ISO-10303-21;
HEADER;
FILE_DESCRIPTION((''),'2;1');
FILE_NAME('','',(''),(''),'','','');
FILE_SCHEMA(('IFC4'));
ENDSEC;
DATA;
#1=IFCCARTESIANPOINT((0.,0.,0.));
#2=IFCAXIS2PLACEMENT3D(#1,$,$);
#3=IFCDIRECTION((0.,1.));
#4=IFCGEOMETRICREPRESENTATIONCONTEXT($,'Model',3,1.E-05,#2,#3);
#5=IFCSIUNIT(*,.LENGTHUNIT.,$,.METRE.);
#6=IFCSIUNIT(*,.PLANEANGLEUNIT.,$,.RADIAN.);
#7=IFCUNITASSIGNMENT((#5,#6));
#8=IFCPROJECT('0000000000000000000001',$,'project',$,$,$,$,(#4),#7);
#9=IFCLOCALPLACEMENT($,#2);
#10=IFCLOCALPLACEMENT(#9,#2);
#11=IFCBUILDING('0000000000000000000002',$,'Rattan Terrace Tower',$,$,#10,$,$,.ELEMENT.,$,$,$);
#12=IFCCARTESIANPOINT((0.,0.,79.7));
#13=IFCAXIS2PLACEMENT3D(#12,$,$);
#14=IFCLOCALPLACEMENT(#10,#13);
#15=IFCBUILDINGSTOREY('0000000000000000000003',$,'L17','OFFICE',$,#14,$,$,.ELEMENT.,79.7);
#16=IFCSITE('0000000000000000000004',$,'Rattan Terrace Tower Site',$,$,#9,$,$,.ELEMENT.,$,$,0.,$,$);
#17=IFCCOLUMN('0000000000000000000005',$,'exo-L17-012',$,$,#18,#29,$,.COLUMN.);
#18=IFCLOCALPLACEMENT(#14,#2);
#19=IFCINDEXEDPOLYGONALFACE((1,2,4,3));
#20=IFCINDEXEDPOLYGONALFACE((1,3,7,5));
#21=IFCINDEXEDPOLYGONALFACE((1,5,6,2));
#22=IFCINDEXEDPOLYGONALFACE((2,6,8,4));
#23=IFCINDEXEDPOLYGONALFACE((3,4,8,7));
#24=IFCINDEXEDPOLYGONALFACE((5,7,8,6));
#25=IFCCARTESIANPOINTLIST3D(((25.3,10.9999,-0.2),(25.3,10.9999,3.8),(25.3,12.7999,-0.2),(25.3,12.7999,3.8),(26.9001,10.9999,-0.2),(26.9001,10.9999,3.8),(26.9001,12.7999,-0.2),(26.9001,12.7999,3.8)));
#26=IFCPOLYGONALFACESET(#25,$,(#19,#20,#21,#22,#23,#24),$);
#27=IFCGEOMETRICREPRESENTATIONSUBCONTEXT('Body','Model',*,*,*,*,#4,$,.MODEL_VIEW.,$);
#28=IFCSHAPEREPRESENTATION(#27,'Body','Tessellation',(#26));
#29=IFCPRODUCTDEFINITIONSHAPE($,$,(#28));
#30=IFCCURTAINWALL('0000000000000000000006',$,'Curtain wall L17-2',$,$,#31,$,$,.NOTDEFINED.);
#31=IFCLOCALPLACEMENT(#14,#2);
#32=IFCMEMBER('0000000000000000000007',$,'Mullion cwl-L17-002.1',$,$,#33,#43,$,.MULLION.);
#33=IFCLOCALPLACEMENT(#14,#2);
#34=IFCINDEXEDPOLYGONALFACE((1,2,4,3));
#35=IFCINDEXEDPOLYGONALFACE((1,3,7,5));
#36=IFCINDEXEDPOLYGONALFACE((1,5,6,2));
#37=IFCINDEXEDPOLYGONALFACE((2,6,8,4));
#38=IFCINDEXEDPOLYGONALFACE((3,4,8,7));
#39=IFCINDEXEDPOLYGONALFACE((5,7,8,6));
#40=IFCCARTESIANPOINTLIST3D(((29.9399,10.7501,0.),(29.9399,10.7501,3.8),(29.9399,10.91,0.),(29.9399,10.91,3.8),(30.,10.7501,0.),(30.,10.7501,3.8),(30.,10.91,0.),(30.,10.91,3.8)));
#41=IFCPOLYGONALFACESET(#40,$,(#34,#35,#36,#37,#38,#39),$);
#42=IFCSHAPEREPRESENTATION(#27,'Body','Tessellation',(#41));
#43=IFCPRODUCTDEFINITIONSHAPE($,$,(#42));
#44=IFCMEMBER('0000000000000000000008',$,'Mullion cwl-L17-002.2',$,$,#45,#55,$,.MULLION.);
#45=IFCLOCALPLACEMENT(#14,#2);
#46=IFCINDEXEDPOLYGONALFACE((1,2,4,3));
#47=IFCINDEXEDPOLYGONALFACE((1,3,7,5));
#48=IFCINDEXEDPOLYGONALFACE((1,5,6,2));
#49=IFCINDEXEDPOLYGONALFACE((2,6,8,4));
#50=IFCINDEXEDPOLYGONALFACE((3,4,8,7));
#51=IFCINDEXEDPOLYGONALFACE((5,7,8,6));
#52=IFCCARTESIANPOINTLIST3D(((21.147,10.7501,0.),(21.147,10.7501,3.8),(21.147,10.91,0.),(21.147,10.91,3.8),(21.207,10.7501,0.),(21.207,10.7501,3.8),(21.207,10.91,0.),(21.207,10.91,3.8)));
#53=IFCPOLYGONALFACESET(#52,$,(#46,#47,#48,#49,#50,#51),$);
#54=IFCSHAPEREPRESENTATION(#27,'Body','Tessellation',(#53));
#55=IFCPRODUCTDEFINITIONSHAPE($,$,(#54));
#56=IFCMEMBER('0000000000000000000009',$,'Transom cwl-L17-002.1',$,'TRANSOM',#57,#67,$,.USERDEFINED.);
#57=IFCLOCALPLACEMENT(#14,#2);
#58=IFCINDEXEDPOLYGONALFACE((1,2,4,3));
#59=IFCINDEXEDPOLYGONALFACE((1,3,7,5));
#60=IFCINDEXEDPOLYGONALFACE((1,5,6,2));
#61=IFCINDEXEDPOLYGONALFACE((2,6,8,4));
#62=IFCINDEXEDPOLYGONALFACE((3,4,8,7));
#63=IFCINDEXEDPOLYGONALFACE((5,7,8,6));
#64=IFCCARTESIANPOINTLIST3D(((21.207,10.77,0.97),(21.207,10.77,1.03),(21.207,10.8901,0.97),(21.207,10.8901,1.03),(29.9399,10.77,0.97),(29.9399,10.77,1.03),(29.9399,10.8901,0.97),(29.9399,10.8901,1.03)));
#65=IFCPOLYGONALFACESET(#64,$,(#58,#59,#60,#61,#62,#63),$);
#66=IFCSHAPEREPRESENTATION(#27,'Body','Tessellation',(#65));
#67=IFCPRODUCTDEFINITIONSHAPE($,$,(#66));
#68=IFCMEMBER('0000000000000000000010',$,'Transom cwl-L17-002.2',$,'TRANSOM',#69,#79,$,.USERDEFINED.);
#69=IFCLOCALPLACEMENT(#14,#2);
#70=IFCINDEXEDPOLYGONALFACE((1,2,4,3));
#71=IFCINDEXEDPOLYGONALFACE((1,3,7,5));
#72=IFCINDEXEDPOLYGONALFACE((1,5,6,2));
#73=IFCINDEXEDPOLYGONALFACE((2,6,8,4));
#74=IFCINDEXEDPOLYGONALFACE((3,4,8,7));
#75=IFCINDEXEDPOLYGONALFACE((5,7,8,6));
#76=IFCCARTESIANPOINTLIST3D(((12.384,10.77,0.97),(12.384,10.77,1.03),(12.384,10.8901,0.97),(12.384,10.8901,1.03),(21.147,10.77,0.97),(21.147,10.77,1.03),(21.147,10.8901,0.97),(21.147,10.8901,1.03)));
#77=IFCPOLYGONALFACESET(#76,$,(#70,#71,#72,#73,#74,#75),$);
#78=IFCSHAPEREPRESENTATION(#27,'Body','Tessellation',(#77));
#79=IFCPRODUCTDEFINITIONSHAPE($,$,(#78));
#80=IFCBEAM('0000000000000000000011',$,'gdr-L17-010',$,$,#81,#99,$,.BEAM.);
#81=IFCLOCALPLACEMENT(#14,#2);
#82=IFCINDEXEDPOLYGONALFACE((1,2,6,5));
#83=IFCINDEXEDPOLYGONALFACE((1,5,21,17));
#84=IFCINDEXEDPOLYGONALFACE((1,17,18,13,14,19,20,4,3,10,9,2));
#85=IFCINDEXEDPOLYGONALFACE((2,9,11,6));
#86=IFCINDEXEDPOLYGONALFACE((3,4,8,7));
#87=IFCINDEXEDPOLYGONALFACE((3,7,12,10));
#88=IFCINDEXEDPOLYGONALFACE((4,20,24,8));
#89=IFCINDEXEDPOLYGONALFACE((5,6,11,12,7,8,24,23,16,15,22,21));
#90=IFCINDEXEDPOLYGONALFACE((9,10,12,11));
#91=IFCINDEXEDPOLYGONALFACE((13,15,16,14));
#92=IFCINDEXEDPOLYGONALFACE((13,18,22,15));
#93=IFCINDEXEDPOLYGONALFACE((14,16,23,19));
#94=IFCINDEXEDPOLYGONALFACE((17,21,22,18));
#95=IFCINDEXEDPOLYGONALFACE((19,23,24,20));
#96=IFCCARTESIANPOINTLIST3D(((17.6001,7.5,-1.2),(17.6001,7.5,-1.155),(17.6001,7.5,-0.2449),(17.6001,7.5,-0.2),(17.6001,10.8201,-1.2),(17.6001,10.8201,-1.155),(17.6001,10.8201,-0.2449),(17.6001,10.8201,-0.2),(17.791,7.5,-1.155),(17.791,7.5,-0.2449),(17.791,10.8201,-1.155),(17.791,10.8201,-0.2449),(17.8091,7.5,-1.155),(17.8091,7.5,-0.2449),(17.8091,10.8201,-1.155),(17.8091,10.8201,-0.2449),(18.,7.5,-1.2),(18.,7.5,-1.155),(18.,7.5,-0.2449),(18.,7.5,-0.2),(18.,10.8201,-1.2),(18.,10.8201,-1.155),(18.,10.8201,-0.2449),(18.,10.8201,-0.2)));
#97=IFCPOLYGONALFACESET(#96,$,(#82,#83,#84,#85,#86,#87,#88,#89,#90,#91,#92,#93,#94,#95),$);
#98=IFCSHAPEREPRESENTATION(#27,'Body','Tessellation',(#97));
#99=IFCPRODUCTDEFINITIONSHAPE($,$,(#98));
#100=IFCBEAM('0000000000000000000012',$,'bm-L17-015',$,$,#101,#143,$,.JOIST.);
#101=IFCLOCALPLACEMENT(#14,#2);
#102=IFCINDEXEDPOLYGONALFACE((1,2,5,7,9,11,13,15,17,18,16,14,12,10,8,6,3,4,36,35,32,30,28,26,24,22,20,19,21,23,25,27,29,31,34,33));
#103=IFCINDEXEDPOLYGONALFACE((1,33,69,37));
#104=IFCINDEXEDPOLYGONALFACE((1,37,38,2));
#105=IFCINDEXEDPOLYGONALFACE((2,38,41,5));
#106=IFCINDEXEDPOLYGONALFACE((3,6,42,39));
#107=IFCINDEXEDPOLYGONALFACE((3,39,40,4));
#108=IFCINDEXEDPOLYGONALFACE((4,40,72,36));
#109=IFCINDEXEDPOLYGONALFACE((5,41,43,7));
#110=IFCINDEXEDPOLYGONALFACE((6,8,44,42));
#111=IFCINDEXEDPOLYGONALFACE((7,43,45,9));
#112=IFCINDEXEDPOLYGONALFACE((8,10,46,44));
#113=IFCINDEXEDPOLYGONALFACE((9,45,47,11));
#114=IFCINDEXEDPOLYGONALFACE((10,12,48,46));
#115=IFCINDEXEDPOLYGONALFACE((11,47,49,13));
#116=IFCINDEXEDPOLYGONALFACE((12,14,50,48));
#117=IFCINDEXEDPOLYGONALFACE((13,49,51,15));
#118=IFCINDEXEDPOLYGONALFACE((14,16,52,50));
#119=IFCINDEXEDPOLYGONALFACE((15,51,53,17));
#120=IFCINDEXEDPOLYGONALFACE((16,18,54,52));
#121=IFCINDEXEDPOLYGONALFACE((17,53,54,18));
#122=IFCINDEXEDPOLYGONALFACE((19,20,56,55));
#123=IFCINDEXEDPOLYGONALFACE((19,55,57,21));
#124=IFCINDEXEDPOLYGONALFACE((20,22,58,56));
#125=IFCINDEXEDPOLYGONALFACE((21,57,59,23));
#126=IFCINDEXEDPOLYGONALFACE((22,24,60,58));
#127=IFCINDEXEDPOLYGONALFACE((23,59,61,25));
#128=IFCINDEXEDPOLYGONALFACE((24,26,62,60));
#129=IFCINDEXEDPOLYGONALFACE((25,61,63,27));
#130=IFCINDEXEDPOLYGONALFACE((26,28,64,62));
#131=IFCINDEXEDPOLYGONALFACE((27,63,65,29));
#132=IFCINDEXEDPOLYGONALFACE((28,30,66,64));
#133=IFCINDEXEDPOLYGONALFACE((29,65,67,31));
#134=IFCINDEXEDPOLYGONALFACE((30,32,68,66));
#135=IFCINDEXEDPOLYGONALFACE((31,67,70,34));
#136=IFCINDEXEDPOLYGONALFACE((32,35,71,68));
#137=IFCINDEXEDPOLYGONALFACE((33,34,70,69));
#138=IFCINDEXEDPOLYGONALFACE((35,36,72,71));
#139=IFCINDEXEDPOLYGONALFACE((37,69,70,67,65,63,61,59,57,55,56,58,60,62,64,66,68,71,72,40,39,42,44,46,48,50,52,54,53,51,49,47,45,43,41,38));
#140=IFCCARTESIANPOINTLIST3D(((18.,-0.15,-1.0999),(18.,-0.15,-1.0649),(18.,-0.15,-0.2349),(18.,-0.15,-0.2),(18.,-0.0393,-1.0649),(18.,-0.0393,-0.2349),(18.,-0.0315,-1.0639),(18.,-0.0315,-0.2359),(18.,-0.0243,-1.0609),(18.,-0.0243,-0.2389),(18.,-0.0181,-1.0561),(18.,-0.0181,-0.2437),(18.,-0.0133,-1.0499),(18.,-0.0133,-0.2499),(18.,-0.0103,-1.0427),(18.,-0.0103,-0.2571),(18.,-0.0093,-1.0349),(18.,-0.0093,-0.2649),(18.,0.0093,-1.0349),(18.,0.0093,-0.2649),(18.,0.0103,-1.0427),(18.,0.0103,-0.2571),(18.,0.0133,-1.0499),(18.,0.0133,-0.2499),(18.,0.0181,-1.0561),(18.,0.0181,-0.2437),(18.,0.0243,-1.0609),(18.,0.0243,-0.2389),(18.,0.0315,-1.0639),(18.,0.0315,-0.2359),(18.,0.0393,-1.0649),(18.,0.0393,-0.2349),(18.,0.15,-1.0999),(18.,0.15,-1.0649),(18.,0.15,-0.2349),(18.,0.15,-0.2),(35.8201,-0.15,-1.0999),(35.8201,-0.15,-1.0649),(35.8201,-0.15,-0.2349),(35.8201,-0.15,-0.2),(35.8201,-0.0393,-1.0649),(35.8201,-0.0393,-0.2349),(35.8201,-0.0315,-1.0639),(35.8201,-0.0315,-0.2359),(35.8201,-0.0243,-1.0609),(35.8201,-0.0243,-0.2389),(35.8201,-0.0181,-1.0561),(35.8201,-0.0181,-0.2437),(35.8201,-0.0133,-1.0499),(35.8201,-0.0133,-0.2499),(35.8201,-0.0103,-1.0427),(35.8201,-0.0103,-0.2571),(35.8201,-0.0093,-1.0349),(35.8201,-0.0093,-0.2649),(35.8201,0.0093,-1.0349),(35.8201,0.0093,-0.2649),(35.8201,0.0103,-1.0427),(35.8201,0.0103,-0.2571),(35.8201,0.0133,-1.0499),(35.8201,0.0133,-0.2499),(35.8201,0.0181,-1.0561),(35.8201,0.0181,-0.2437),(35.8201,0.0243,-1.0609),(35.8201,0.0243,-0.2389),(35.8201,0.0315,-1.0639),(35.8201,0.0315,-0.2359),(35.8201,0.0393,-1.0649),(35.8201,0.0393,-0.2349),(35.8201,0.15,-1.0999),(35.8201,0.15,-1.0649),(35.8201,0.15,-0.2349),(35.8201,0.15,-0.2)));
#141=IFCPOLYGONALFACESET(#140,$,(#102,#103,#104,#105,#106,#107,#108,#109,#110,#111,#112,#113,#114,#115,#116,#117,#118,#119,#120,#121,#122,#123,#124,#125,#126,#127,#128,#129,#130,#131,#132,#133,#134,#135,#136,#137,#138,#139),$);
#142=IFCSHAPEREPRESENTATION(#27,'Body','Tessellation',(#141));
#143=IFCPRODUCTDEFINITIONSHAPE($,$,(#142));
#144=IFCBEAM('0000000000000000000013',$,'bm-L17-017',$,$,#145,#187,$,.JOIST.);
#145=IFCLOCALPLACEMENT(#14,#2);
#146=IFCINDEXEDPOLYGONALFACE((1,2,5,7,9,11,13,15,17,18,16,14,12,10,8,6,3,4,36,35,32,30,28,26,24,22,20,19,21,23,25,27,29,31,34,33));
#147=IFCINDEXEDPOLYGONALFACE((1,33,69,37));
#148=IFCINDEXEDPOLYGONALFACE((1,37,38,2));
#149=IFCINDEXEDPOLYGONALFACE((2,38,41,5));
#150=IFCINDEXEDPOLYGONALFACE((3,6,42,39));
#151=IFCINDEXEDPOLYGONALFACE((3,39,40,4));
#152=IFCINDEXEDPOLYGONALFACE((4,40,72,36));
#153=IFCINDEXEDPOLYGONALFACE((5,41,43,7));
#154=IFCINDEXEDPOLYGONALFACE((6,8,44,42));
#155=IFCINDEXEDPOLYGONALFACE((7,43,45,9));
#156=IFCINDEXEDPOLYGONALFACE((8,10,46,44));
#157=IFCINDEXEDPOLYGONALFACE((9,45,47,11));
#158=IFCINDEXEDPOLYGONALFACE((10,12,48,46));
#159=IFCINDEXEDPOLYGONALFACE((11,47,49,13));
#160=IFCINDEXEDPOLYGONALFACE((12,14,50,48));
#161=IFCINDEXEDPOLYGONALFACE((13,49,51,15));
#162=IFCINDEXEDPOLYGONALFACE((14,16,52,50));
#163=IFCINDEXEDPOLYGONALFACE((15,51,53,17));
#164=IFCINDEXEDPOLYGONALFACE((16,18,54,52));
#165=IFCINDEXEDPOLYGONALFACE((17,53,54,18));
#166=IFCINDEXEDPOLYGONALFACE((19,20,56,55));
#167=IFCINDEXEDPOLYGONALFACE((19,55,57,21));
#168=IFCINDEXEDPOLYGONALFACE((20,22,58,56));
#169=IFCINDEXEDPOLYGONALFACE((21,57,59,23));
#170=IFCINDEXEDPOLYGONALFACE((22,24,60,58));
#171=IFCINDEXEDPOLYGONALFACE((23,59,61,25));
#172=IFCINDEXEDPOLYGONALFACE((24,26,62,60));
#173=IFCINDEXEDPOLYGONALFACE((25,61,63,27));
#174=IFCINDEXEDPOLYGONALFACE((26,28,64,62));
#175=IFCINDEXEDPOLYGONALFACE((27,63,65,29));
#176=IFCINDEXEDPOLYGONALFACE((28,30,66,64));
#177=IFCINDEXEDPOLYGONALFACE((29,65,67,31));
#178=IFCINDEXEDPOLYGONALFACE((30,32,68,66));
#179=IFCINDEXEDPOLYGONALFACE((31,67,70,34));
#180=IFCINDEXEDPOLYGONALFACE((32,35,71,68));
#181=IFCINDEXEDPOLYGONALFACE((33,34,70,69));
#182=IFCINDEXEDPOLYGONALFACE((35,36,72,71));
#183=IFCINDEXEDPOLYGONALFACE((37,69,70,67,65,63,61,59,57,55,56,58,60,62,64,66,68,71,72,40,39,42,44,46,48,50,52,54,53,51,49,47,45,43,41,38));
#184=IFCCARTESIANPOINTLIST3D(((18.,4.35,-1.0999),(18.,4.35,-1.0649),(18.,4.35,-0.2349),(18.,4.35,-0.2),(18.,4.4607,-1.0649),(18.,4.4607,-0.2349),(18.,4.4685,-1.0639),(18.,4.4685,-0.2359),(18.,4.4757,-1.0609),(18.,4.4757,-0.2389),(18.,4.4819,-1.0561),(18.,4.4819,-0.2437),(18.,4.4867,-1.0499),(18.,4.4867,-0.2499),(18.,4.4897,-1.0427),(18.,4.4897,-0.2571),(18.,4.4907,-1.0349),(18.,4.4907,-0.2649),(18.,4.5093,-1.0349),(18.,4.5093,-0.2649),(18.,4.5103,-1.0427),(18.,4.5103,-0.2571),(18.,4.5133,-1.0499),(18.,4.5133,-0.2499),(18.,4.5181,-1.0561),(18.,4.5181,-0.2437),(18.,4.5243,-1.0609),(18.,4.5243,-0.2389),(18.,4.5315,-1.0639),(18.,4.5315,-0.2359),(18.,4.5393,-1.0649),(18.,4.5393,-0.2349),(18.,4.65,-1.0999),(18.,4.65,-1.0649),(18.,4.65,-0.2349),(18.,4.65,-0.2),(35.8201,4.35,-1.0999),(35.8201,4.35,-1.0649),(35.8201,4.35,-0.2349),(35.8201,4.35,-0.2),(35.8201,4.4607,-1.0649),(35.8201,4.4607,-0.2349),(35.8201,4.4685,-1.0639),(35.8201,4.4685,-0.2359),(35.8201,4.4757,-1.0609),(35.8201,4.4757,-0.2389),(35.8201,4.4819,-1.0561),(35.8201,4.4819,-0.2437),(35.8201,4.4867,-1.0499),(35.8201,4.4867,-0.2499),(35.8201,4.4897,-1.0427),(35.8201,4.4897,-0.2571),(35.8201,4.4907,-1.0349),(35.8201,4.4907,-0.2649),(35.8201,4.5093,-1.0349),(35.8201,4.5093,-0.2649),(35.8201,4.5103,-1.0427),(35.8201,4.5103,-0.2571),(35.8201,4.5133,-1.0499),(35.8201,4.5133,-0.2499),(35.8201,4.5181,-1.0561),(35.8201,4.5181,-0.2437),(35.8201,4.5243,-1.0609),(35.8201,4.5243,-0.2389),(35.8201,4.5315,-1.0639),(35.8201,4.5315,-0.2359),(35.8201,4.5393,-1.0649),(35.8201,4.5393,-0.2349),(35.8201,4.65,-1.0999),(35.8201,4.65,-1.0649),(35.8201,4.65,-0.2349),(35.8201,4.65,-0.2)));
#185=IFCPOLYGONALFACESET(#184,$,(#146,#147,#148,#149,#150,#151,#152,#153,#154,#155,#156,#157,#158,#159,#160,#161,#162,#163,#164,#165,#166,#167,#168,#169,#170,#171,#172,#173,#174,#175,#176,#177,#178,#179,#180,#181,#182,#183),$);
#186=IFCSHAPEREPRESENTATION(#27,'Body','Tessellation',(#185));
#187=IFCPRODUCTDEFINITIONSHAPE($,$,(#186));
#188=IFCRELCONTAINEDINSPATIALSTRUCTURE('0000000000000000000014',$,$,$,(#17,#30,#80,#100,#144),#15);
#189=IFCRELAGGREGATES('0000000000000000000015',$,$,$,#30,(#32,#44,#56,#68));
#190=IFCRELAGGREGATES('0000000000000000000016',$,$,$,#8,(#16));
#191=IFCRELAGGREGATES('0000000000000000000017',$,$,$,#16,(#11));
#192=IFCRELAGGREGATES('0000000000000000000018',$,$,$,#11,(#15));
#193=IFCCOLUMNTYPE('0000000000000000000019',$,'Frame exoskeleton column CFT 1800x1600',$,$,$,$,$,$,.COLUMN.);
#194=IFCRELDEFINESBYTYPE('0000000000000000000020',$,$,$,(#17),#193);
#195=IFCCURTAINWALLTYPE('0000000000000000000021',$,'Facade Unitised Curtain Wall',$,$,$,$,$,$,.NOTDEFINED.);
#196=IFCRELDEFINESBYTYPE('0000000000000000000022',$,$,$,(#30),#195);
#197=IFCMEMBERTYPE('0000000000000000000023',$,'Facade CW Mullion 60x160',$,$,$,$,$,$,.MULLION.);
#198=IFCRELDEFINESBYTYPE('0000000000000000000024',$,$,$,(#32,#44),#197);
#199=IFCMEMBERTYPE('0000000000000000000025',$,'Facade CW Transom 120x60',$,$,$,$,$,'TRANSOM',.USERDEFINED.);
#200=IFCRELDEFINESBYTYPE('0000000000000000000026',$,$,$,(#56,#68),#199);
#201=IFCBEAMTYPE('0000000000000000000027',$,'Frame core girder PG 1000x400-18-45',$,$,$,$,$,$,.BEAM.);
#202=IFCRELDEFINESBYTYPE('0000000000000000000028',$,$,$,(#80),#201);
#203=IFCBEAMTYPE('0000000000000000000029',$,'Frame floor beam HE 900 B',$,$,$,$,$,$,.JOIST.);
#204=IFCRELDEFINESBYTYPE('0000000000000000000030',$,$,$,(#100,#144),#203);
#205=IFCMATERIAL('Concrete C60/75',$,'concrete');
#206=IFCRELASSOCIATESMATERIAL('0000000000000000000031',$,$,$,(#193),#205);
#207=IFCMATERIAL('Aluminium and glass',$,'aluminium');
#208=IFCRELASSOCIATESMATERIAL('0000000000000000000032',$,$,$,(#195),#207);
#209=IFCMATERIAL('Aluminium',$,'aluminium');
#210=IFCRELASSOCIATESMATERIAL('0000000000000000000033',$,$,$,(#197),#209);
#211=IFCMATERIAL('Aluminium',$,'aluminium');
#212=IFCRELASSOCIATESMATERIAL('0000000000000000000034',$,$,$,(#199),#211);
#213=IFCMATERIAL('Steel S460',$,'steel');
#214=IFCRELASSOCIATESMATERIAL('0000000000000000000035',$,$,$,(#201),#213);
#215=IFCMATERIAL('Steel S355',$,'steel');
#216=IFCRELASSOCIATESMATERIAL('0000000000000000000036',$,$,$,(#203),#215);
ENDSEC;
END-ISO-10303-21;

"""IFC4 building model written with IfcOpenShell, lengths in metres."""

from ifc_helpers import new_model, si_unit, direction, frame, origin, origin_2d, place, context, subcontext, project, spatial, rectangle, i_section, extrude, material, material_profile, profile_set, type_object, element, aggregate, save


model = new_model("IFC4")

# Units and contexts
model_context = context("Model", 3, precision=1e-05, world=origin(), true_north=direction((0.0, 1.0)))
body_context = subcontext(model_context, "Body", "Model", "MODEL_VIEW")
ifc_project = project(units=[si_unit("LENGTHUNIT", "METRE"), si_unit("PLANEANGLEUNIT", "RADIAN")], contexts=[model_context])

# Site, building, storey
site_placement = place(None, origin())
site = spatial("IfcSite", under=ifc_project, at=site_placement, Name="Rattan Terrace Tower Site", CompositionType="ELEMENT", RefElevation=0.0)
building_placement = place(site_placement, origin())
building = spatial("IfcBuilding", under=site, at=building_placement, Name="Rattan Terrace Tower", CompositionType="ELEMENT")
storey_placement = place(building_placement, frame((0.0, 0.0, 79.7)))
storey = spatial("IfcBuildingStorey", under=building, at=storey_placement, Name="L17", Description="OFFICE", CompositionType="ELEMENT", Elevation=79.7)

# Column
ifc_material_1 = material(Name="Concrete C60/75", Category="concrete")
ifc_material_profile_1 = material_profile(ifc_material_1, rectangle(XDim=1.6001, YDim=1.8, at=origin_2d()), Name="CFT 1800x1600")
ifc_profile_set_1 = profile_set([ifc_material_profile_1], Name="Concrete C60/75")
column_type = type_object("IfcColumnType", Name="Frame exoskeleton column CFT 1800x1600", PredefinedType="COLUMN", material=ifc_profile_set_1)
column_placement = place(storey_placement, frame((26.1001, 11.8999, -0.2), z_axis=(0.0, 0.0, 1.0), x_axis=(1.0, 0.0, 0.0)))
element("IfcColumn", 1, at=column_placement, inside=storey, type_object=column_type, Name="exo-L17-012", PredefinedType="COLUMN", context=body_context, shape_type="SweptSolid", body=[
    extrude(rectangle(XDim=1.6001, YDim=1.8, at=origin_2d()), origin(), (0.0, 0.0, 1.0), 4.0),
])

# Curtain wall, members
ifc_material_2 = material(Name="Aluminium and glass", Category="aluminium")
curtain_wall_type = type_object("IfcCurtainWallType", Name="Facade Unitised Curtain Wall", PredefinedType="NOTDEFINED", material=ifc_material_2)
curtain_wall_placement = place(storey_placement, origin())
curtain_wall = element("IfcCurtainWall", 2, at=curtain_wall_placement, inside=storey, type_object=curtain_wall_type, Name="Curtain wall L17-2", PredefinedType="NOTDEFINED")
ifc_material_3 = material(Name="Aluminium", Category="aluminium")
ifc_material_profile_2 = material_profile(ifc_material_3, rectangle(XDim=0.0601, YDim=0.1599, at=origin_2d()), Name="Aluminium 60x160")
ifc_profile_set_2 = profile_set([ifc_material_profile_2], Name="Aluminium")
member_type_1 = type_object("IfcMemberType", Name="Facade CW Mullion 60x160", PredefinedType="MULLION", material=ifc_profile_set_2)
member_1_placement = place(storey_placement, frame((29.97, 10.8301, 0.0), z_axis=(0.0, 0.0, 1.0), x_axis=(-1.0, 0.0, 0.0)))
member_1 = element("IfcMember", 3, at=member_1_placement, type_object=member_type_1, Name="Mullion cwl-L17-002.1", PredefinedType="MULLION", context=body_context, shape_type="SweptSolid", body=[
    extrude(rectangle(XDim=0.0601, YDim=0.1599, at=origin_2d()), origin(), (0.0, 0.0, 1.0), 3.8),
])
member_2_placement = place(storey_placement, frame((21.177, 10.8301, 0.0), z_axis=(0.0, 0.0, 1.0), x_axis=(-1.0, 0.0, 0.0)))
member_2 = element("IfcMember", 4, at=member_2_placement, type_object=member_type_1, Name="Mullion cwl-L17-002.2", PredefinedType="MULLION", context=body_context, shape_type="SweptSolid", body=[
    extrude(rectangle(XDim=0.0601, YDim=0.1599, at=origin_2d()), origin(), (0.0, 0.0, 1.0), 3.8),
])
ifc_material_4 = material(Name="Aluminium", Category="aluminium")
ifc_material_profile_3 = material_profile(ifc_material_4, rectangle(XDim=0.1201, YDim=0.0601, at=origin_2d()), Name="Aluminium 120x60")
ifc_profile_set_3 = profile_set([ifc_material_profile_3], Name="Aluminium")
member_type_2 = type_object("IfcMemberType", Name="Facade CW Transom 120x60", ElementType="TRANSOM", PredefinedType="USERDEFINED", material=ifc_profile_set_3)
member_3_placement = place(storey_placement, frame((29.9399, 10.8301, 1.0), z_axis=(-1.0, 0.0, 0.0), x_axis=(0.0, -1.0, 0.0)))
member_3 = element("IfcMember", 5, at=member_3_placement, type_object=member_type_2, Name="Transom cwl-L17-002.1", ObjectType="TRANSOM", PredefinedType="USERDEFINED", context=body_context, shape_type="SweptSolid", body=[
    extrude(rectangle(XDim=0.1201, YDim=0.0601, at=origin_2d()), origin(), (0.0, 0.0, 1.0), 8.7329),
])
member_4_placement = place(storey_placement, frame((21.147, 10.8301, 1.0), z_axis=(-1.0, 0.0, 0.0), x_axis=(0.0, -1.0, 0.0)))
member_4 = element("IfcMember", 6, at=member_4_placement, type_object=member_type_2, Name="Transom cwl-L17-002.2", ObjectType="TRANSOM", PredefinedType="USERDEFINED", context=body_context, shape_type="SweptSolid", body=[
    extrude(rectangle(XDim=0.1201, YDim=0.0601, at=origin_2d()), origin(), (0.0, 0.0, 1.0), 8.7629),
])

# Beams
ifc_material_5 = material(Name="Steel S460", Category="steel")
ifc_material_profile_4 = material_profile(ifc_material_5, i_section(OverallWidth=0.3999, OverallDepth=1.0, WebThickness=0.0181, FlangeThickness=0.0449, at=origin_2d()), Name="PG 1000x400-18-45")
ifc_profile_set_4 = profile_set([ifc_material_profile_4], Name="Steel S460")
beam_type_1 = type_object("IfcBeamType", Name="Frame core girder PG 1000x400-18-45", PredefinedType="BEAM", material=ifc_profile_set_4)
beam_placement = place(storey_placement, frame((17.8, 7.5, -0.7), z_axis=(0.0, 1.0, 0.0), x_axis=(-1.0, 0.0, 0.0)))
element("IfcBeam", 7, at=beam_placement, inside=storey, type_object=beam_type_1, Name="gdr-L17-010", PredefinedType="BEAM", context=body_context, shape_type="SweptSolid", body=[
    extrude(i_section(OverallWidth=0.3999, OverallDepth=1.0, WebThickness=0.0181, FlangeThickness=0.0449, at=origin_2d()), origin(), (0.0, 0.0, 1.0), 3.3201),
])
ifc_material_6 = material(Name="Steel S355", Category="steel")
ifc_material_profile_5 = material_profile(ifc_material_6, i_section(OverallWidth=0.3, OverallDepth=0.8999, WebThickness=0.0186, FlangeThickness=0.0349, FilletRadius=0.03, at=origin_2d()), Name="HE 900 B")
ifc_profile_set_5 = profile_set([ifc_material_profile_5], Name="Steel S355")
beam_type_2 = type_object("IfcBeamType", Name="Frame floor beam HE 900 B", PredefinedType="JOIST", material=ifc_profile_set_5)
for number, where, z_axis, x_axis, name in (
    (8, (18.0, 0.0, -0.6499), (1.0, 0.0, 0.0), (0.0, 1.0, 0.0), "bm-L17-015"),
    (9, (18.0, 4.5, -0.6499), (1.0, 0.0, 0.0), (0.0, 1.0, 0.0), "bm-L17-017"),
):
    element("IfcBeam", number, at=place(storey_placement, frame(where, z_axis=z_axis, x_axis=x_axis)), inside=storey, type_object=beam_type_2, Name=name, PredefinedType="JOIST", context=body_context, shape_type="SweptSolid", body=[
        extrude(i_section(OverallWidth=0.3, OverallDepth=0.8999, WebThickness=0.0186, FlangeThickness=0.0349, FilletRadius=0.03, at=origin_2d()), origin(), (0.0, 0.0, 1.0), 17.8201),
    ])

aggregate(curtain_wall, [member_1, member_2, member_3, member_4])

save(model, "model.ifc")
